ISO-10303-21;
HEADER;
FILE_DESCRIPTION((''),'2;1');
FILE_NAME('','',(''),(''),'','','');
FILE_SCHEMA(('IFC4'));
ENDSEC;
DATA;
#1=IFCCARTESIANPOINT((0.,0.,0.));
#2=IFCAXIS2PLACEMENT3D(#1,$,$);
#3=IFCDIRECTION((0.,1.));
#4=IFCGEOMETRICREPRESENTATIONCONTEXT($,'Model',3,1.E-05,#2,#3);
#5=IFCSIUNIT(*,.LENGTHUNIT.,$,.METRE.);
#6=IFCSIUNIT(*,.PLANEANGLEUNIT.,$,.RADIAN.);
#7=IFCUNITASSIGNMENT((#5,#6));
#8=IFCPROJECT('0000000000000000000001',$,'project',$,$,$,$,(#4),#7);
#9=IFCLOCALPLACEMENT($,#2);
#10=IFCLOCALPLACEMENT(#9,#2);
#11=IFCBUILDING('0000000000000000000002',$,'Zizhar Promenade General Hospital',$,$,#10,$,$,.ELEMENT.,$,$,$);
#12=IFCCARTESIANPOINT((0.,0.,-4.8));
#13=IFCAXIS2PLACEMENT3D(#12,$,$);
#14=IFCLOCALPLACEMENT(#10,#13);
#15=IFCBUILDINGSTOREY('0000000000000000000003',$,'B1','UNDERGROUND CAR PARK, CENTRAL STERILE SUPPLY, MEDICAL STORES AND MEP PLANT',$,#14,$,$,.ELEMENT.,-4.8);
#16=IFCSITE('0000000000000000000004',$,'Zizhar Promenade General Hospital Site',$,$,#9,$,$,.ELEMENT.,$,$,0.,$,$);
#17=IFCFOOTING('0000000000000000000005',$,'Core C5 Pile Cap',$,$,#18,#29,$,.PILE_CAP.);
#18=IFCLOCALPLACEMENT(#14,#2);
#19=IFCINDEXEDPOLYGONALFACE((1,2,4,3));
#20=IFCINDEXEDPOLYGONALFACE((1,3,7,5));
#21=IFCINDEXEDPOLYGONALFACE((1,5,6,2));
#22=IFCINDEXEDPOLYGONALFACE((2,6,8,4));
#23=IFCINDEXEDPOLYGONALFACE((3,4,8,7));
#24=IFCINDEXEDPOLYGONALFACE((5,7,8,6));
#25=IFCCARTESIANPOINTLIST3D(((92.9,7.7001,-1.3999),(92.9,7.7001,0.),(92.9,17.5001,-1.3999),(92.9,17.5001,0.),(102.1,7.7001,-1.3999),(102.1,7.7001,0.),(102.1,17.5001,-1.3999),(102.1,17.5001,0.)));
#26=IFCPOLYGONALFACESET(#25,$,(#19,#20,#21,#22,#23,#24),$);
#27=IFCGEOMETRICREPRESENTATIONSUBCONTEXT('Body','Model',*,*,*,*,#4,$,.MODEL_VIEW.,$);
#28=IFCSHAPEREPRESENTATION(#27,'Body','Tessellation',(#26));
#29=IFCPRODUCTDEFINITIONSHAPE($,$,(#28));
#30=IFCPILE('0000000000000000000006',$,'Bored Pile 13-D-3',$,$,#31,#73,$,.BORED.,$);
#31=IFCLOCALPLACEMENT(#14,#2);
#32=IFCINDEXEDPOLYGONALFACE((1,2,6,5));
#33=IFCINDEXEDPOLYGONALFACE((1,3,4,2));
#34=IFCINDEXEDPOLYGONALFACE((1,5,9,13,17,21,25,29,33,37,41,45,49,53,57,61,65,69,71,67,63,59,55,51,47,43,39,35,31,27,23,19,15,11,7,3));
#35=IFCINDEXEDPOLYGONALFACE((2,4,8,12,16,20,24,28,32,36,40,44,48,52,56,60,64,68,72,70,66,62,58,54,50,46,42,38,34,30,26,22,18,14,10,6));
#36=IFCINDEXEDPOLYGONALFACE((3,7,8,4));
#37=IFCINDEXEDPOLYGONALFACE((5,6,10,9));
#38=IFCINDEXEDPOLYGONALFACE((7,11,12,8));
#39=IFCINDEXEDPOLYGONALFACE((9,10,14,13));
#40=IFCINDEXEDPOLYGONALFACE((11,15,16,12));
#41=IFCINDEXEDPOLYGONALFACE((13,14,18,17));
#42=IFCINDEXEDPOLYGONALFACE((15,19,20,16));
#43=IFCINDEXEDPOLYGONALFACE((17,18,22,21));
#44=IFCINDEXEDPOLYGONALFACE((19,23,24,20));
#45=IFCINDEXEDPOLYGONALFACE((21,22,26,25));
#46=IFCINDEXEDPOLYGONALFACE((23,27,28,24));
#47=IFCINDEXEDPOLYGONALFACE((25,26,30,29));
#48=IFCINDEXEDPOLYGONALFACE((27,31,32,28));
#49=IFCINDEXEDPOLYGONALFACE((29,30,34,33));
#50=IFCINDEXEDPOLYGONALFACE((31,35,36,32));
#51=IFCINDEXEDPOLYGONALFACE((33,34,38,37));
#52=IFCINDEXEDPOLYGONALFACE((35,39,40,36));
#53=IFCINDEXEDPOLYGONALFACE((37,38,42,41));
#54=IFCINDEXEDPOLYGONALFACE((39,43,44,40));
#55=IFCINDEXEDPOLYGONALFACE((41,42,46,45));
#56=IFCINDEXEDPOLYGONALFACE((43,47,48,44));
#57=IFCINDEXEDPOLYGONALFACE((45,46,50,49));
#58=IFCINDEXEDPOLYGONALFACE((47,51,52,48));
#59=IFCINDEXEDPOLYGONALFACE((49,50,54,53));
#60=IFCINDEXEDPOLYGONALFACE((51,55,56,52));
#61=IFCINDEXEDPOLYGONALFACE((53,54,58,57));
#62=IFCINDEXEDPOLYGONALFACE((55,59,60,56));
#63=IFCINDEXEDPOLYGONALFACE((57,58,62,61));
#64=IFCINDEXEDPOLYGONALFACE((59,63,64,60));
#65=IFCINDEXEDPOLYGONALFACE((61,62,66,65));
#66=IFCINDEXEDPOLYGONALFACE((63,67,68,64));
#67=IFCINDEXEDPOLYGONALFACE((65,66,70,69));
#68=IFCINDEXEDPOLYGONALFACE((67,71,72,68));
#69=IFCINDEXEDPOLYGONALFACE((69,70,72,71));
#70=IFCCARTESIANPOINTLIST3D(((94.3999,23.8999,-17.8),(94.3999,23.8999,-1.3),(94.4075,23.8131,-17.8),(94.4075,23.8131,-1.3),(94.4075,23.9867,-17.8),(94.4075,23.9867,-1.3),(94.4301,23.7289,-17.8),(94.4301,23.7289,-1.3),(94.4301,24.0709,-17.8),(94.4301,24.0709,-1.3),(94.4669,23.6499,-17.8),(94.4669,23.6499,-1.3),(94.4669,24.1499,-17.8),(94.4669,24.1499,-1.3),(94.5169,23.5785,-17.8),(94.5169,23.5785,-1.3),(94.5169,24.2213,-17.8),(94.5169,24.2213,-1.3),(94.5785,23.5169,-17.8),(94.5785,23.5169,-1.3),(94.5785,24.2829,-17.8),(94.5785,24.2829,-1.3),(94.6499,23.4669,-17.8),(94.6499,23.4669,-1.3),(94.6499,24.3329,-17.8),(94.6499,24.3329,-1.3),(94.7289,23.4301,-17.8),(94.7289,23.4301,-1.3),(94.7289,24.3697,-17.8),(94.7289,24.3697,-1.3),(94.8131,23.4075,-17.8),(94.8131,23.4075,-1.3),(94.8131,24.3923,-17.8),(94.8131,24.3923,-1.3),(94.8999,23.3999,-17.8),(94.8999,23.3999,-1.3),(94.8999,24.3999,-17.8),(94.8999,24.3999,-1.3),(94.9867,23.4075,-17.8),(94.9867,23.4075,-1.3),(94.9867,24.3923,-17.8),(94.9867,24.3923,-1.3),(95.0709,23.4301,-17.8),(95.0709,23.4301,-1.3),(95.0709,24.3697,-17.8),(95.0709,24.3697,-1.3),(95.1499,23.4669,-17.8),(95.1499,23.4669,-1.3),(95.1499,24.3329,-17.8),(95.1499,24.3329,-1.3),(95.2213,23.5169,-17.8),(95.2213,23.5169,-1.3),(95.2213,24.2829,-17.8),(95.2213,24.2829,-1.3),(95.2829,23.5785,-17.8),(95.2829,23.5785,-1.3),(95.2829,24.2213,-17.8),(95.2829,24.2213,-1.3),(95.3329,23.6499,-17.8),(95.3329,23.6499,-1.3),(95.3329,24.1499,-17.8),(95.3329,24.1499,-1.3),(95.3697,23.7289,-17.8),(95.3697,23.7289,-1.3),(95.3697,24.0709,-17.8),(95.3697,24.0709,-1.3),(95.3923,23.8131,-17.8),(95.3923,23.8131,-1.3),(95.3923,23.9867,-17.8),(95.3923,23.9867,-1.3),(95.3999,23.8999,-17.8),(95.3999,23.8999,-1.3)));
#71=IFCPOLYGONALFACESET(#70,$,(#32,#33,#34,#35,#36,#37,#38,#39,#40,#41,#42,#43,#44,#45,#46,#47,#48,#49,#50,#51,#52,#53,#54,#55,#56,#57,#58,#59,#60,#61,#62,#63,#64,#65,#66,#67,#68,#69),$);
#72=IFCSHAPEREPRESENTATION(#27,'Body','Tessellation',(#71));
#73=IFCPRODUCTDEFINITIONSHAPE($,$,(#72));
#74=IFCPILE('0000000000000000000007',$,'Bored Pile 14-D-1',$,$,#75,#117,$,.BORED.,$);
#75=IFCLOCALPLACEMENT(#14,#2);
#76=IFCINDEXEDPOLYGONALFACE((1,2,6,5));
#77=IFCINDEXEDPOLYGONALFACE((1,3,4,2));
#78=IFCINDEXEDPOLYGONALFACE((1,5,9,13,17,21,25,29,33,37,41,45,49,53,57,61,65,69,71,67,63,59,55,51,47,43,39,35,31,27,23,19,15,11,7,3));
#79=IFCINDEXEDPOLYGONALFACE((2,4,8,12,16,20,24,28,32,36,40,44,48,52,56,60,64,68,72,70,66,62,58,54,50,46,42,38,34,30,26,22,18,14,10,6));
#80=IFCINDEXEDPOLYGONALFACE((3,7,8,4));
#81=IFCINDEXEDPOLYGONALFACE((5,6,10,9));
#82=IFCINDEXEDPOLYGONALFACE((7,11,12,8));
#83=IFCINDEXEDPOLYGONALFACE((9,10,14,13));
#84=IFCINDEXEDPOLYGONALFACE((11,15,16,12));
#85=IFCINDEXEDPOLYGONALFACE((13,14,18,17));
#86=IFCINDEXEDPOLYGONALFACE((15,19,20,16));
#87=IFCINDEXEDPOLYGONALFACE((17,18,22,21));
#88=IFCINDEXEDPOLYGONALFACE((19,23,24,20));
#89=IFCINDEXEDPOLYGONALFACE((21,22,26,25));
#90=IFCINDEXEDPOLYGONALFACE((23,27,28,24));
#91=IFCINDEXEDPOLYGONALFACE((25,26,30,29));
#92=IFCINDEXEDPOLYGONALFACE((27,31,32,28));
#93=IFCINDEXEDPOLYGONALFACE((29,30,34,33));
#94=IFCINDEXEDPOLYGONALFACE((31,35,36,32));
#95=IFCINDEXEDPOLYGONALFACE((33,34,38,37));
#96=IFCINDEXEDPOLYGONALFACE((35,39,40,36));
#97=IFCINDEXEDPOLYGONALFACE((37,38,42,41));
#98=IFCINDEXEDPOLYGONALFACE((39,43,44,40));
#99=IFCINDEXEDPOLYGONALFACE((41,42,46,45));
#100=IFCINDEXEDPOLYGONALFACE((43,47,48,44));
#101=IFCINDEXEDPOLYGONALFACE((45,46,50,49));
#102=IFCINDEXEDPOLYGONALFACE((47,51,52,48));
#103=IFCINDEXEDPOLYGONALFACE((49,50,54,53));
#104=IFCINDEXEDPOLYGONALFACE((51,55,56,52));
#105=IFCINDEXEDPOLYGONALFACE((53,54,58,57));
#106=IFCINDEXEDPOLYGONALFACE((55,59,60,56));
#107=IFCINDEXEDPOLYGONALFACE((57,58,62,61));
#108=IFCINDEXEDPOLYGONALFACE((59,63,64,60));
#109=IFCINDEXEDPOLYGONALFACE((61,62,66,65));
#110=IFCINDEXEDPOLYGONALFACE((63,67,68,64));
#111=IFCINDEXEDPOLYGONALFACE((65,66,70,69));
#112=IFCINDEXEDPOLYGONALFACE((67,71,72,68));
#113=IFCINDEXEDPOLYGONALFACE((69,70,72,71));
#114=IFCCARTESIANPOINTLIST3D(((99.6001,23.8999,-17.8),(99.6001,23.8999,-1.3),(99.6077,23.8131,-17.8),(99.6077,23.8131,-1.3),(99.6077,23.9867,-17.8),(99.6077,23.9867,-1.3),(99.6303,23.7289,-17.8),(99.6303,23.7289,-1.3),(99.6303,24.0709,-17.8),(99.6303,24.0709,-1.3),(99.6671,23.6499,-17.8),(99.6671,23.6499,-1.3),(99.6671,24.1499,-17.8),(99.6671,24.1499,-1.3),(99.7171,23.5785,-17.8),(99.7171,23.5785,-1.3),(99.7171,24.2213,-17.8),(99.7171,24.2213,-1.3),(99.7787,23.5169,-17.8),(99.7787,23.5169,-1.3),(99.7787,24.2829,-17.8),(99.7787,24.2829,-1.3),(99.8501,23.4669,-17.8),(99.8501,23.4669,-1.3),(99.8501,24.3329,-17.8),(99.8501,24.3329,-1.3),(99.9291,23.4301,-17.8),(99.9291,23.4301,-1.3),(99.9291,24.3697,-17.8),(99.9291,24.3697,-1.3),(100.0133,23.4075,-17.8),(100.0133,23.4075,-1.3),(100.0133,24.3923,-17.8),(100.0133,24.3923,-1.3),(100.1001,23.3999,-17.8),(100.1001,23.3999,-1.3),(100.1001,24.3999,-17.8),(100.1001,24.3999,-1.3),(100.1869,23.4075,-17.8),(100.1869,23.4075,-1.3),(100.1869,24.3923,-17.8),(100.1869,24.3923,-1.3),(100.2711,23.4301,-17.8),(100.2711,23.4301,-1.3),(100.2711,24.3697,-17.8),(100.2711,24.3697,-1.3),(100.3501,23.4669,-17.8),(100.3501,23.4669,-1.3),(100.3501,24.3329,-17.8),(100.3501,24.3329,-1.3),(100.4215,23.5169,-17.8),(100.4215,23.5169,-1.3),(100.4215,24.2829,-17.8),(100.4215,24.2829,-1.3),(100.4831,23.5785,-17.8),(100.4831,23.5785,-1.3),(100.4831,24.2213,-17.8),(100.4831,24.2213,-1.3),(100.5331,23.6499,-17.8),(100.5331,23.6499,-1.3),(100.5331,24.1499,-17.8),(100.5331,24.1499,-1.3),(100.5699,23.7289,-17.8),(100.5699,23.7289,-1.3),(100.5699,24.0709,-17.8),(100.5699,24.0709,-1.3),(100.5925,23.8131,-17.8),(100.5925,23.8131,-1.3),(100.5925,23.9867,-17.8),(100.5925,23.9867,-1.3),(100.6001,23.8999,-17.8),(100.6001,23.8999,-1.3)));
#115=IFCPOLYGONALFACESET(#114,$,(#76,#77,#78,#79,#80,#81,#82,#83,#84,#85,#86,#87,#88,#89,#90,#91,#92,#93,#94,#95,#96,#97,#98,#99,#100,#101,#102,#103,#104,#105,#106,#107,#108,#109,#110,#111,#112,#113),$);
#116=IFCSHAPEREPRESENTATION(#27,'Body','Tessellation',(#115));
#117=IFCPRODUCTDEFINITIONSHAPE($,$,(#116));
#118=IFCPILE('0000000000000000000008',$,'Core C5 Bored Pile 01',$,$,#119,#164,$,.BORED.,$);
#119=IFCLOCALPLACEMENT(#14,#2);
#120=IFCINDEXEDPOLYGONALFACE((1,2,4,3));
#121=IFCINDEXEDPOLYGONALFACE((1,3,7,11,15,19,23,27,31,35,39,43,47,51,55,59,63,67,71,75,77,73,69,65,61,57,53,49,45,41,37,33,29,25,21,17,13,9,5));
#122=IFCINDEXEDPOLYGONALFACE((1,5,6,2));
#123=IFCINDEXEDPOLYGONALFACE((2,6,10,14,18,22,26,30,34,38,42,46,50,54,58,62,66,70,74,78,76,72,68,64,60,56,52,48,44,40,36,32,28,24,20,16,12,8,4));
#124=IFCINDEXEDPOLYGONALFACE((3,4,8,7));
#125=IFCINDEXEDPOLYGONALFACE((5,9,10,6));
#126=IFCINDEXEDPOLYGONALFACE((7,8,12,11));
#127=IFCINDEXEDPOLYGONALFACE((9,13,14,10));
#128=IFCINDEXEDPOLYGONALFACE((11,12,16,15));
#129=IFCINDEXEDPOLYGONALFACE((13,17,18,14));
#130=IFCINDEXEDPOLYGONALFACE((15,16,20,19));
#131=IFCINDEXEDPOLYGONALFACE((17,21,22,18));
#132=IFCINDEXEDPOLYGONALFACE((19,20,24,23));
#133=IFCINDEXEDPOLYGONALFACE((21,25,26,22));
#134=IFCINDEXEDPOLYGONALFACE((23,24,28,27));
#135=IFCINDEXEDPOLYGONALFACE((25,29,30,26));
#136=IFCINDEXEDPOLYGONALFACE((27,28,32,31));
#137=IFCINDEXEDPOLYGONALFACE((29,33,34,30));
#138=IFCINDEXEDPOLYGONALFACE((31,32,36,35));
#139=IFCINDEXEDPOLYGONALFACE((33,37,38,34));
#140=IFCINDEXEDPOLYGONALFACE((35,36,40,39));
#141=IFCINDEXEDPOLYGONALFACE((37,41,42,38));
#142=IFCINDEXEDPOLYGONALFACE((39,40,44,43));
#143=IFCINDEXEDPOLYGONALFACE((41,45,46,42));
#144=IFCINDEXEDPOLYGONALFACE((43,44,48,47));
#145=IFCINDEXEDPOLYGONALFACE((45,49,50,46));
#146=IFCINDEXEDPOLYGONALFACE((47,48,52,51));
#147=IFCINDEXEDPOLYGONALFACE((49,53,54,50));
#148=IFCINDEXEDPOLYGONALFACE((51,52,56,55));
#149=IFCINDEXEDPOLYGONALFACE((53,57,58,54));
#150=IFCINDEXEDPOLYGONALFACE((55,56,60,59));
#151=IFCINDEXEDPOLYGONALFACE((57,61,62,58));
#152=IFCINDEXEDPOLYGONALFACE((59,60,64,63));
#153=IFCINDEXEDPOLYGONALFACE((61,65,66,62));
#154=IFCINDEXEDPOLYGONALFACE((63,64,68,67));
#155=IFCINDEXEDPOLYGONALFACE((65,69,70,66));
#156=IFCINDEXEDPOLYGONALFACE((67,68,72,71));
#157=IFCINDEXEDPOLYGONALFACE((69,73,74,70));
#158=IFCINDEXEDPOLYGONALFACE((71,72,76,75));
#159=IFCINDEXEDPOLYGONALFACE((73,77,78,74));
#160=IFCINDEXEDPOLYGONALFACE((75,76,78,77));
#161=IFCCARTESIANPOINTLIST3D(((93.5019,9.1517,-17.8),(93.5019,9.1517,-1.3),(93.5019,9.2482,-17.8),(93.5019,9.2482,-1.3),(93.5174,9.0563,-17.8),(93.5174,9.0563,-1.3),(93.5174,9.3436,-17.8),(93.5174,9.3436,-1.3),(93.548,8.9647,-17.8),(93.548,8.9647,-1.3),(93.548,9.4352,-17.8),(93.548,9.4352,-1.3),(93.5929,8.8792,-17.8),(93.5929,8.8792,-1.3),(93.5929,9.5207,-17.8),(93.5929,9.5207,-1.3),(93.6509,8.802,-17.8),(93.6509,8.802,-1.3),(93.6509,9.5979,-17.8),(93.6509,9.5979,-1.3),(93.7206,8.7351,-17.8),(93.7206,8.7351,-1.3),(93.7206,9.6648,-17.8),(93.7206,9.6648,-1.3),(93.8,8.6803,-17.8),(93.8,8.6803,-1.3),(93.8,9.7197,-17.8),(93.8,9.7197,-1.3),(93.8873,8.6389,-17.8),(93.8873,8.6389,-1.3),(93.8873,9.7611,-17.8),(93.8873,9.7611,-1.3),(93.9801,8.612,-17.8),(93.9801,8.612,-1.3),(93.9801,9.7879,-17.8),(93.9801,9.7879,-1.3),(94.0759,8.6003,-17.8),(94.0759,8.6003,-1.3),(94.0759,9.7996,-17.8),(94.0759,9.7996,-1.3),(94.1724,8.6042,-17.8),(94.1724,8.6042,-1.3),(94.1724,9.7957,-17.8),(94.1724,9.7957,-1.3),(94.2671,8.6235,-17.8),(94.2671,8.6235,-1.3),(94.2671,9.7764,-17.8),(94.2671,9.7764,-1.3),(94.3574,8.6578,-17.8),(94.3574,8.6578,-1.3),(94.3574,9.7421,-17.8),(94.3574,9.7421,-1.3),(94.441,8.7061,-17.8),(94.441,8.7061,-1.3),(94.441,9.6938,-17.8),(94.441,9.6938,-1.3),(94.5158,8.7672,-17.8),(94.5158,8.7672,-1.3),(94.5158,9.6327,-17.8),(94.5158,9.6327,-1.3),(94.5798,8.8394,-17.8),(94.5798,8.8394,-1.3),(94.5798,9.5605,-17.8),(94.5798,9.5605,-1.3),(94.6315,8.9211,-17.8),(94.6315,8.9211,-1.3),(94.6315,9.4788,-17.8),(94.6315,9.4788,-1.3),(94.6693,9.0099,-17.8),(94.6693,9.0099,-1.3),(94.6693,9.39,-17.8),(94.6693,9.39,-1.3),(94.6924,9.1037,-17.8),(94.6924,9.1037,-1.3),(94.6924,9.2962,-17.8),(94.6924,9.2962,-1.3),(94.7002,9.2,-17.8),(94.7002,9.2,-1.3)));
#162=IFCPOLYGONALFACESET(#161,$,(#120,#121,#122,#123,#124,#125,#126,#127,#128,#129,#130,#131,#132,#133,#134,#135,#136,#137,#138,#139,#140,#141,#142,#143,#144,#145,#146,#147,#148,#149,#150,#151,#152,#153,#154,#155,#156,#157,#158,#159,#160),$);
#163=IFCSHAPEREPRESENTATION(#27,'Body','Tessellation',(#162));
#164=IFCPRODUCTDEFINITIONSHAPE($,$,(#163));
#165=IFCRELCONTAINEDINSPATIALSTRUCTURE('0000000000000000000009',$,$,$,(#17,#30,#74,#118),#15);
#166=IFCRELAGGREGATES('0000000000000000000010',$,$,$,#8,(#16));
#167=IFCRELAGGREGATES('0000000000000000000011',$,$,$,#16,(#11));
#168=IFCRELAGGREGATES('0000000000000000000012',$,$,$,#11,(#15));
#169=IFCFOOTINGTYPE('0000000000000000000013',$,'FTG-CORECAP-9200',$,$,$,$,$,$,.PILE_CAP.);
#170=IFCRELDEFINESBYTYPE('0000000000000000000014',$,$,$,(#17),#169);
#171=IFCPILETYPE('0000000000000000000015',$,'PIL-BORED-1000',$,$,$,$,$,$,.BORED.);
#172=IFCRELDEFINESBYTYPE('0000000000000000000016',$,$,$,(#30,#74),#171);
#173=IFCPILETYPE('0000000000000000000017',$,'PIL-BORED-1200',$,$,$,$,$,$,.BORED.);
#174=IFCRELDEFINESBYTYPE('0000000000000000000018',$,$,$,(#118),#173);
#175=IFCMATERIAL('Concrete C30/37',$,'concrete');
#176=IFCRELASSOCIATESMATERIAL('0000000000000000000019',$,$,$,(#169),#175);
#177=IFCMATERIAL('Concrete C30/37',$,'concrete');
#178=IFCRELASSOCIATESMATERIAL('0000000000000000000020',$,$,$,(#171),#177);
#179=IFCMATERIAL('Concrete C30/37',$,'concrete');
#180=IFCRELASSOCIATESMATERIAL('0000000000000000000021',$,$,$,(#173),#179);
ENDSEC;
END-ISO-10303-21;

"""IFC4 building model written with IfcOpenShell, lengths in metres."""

from ifc_helpers import new_model, si_unit, direction, frame, origin, origin_2d, place, context, subcontext, project, spatial, rectangle, circle, extrude, material, material_profile, profile_set, type_object, element, save


model = new_model("IFC4")

# Units and contexts
model_context = context("Model", 3, precision=1e-05, world=origin(), true_north=direction((0.0, 1.0)))
body_context = subcontext(model_context, "Body", "Model", "MODEL_VIEW")
ifc_project = project(units=[si_unit("LENGTHUNIT", "METRE"), si_unit("PLANEANGLEUNIT", "RADIAN")], contexts=[model_context])

# Site, building, storey
site_placement = place(None, origin())
site = spatial("IfcSite", under=ifc_project, at=site_placement, Name="Zizhar Promenade General Hospital Site", CompositionType="ELEMENT", RefElevation=0.0)
building_placement = place(site_placement, origin())
building = spatial("IfcBuilding", under=site, at=building_placement, Name="Zizhar Promenade General Hospital", CompositionType="ELEMENT")
storey_placement = place(building_placement, frame((0.0, 0.0, -4.8)))
storey = spatial("IfcBuildingStorey", under=building, at=storey_placement, Name="B1", Description="UNDERGROUND CAR PARK, CENTRAL STERILE SUPPLY, MEDICAL STORES AND MEP PLANT", CompositionType="ELEMENT", Elevation=-4.8)

# Footing
ifc_material_1 = material(Name="Concrete C30/37", Category="concrete")
footing_type = type_object("IfcFootingType", Name="FTG-CORECAP-9200", PredefinedType="PILE_CAP", material=ifc_material_1)
footing_placement = place(storey_placement, frame((97.5, 12.6001, -1.3999), z_axis=(0.0, 0.0, 1.0), x_axis=(1.0, 0.0, 0.0)))
element("IfcFooting", 1, at=footing_placement, inside=storey, type_object=footing_type, Name="Core C5 Pile Cap", PredefinedType="PILE_CAP", context=body_context, shape_type="SweptSolid", body=[
    extrude(rectangle(XDim=9.2, YDim=9.8, at=origin_2d()), origin(), (0.0, 0.0, 1.0), 1.3999),
])

# Piles
ifc_material_2 = material(Name="Concrete C30/37", Category="concrete")
ifc_material_profile_1 = material_profile(ifc_material_2, circle(Radius=0.5, at=origin_2d()))
ifc_profile_set_1 = profile_set([ifc_material_profile_1], Name="Concrete C30/37")
pile_type_1 = type_object("IfcPileType", Name="PIL-BORED-1000", PredefinedType="BORED", material=ifc_profile_set_1)
for number, where, z_axis, x_axis, name in (
    (2, (94.8999, 23.8999, -1.3), (0.0, 0.0, -1.0), (1.0, 0.0, 0.0), "Bored Pile 13-D-3"),
    (3, (100.1001, 23.8999, -1.3), (0.0, 0.0, -1.0), (1.0, 0.0, 0.0), "Bored Pile 14-D-1"),
):
    element("IfcPile", number, at=place(storey_placement, frame(where, z_axis=z_axis, x_axis=x_axis)), inside=storey, type_object=pile_type_1, Name=name, PredefinedType="BORED", context=body_context, shape_type="SweptSolid", body=[
        extrude(circle(Radius=0.5, at=origin_2d()), origin(), (0.0, 0.0, 1.0), 16.5),
    ])
ifc_material_3 = material(Name="Concrete C30/37", Category="concrete")
ifc_material_profile_2 = material_profile(ifc_material_3, circle(Radius=0.6001, at=origin_2d()))
ifc_profile_set_2 = profile_set([ifc_material_profile_2], Name="Concrete C30/37")
pile_type_2 = type_object("IfcPileType", Name="PIL-BORED-1200", PredefinedType="BORED", material=ifc_profile_set_2)
for number, where, z_axis, x_axis, name in (
    (4, (94.1001, 9.2, -1.3), (0.0, 0.0, -1.0), (1.0, 0.0, 0.0), "Core C5 Bored Pile 01"),
):
    element("IfcPile", number, at=place(storey_placement, frame(where, z_axis=z_axis, x_axis=x_axis)), inside=storey, type_object=pile_type_2, Name=name, PredefinedType="BORED", context=body_context, shape_type="SweptSolid", body=[
        extrude(circle(Radius=0.6001, at=origin_2d()), origin(), (0.0, 0.0, 1.0), 16.5),
    ])

save(model, "model.ifc")
